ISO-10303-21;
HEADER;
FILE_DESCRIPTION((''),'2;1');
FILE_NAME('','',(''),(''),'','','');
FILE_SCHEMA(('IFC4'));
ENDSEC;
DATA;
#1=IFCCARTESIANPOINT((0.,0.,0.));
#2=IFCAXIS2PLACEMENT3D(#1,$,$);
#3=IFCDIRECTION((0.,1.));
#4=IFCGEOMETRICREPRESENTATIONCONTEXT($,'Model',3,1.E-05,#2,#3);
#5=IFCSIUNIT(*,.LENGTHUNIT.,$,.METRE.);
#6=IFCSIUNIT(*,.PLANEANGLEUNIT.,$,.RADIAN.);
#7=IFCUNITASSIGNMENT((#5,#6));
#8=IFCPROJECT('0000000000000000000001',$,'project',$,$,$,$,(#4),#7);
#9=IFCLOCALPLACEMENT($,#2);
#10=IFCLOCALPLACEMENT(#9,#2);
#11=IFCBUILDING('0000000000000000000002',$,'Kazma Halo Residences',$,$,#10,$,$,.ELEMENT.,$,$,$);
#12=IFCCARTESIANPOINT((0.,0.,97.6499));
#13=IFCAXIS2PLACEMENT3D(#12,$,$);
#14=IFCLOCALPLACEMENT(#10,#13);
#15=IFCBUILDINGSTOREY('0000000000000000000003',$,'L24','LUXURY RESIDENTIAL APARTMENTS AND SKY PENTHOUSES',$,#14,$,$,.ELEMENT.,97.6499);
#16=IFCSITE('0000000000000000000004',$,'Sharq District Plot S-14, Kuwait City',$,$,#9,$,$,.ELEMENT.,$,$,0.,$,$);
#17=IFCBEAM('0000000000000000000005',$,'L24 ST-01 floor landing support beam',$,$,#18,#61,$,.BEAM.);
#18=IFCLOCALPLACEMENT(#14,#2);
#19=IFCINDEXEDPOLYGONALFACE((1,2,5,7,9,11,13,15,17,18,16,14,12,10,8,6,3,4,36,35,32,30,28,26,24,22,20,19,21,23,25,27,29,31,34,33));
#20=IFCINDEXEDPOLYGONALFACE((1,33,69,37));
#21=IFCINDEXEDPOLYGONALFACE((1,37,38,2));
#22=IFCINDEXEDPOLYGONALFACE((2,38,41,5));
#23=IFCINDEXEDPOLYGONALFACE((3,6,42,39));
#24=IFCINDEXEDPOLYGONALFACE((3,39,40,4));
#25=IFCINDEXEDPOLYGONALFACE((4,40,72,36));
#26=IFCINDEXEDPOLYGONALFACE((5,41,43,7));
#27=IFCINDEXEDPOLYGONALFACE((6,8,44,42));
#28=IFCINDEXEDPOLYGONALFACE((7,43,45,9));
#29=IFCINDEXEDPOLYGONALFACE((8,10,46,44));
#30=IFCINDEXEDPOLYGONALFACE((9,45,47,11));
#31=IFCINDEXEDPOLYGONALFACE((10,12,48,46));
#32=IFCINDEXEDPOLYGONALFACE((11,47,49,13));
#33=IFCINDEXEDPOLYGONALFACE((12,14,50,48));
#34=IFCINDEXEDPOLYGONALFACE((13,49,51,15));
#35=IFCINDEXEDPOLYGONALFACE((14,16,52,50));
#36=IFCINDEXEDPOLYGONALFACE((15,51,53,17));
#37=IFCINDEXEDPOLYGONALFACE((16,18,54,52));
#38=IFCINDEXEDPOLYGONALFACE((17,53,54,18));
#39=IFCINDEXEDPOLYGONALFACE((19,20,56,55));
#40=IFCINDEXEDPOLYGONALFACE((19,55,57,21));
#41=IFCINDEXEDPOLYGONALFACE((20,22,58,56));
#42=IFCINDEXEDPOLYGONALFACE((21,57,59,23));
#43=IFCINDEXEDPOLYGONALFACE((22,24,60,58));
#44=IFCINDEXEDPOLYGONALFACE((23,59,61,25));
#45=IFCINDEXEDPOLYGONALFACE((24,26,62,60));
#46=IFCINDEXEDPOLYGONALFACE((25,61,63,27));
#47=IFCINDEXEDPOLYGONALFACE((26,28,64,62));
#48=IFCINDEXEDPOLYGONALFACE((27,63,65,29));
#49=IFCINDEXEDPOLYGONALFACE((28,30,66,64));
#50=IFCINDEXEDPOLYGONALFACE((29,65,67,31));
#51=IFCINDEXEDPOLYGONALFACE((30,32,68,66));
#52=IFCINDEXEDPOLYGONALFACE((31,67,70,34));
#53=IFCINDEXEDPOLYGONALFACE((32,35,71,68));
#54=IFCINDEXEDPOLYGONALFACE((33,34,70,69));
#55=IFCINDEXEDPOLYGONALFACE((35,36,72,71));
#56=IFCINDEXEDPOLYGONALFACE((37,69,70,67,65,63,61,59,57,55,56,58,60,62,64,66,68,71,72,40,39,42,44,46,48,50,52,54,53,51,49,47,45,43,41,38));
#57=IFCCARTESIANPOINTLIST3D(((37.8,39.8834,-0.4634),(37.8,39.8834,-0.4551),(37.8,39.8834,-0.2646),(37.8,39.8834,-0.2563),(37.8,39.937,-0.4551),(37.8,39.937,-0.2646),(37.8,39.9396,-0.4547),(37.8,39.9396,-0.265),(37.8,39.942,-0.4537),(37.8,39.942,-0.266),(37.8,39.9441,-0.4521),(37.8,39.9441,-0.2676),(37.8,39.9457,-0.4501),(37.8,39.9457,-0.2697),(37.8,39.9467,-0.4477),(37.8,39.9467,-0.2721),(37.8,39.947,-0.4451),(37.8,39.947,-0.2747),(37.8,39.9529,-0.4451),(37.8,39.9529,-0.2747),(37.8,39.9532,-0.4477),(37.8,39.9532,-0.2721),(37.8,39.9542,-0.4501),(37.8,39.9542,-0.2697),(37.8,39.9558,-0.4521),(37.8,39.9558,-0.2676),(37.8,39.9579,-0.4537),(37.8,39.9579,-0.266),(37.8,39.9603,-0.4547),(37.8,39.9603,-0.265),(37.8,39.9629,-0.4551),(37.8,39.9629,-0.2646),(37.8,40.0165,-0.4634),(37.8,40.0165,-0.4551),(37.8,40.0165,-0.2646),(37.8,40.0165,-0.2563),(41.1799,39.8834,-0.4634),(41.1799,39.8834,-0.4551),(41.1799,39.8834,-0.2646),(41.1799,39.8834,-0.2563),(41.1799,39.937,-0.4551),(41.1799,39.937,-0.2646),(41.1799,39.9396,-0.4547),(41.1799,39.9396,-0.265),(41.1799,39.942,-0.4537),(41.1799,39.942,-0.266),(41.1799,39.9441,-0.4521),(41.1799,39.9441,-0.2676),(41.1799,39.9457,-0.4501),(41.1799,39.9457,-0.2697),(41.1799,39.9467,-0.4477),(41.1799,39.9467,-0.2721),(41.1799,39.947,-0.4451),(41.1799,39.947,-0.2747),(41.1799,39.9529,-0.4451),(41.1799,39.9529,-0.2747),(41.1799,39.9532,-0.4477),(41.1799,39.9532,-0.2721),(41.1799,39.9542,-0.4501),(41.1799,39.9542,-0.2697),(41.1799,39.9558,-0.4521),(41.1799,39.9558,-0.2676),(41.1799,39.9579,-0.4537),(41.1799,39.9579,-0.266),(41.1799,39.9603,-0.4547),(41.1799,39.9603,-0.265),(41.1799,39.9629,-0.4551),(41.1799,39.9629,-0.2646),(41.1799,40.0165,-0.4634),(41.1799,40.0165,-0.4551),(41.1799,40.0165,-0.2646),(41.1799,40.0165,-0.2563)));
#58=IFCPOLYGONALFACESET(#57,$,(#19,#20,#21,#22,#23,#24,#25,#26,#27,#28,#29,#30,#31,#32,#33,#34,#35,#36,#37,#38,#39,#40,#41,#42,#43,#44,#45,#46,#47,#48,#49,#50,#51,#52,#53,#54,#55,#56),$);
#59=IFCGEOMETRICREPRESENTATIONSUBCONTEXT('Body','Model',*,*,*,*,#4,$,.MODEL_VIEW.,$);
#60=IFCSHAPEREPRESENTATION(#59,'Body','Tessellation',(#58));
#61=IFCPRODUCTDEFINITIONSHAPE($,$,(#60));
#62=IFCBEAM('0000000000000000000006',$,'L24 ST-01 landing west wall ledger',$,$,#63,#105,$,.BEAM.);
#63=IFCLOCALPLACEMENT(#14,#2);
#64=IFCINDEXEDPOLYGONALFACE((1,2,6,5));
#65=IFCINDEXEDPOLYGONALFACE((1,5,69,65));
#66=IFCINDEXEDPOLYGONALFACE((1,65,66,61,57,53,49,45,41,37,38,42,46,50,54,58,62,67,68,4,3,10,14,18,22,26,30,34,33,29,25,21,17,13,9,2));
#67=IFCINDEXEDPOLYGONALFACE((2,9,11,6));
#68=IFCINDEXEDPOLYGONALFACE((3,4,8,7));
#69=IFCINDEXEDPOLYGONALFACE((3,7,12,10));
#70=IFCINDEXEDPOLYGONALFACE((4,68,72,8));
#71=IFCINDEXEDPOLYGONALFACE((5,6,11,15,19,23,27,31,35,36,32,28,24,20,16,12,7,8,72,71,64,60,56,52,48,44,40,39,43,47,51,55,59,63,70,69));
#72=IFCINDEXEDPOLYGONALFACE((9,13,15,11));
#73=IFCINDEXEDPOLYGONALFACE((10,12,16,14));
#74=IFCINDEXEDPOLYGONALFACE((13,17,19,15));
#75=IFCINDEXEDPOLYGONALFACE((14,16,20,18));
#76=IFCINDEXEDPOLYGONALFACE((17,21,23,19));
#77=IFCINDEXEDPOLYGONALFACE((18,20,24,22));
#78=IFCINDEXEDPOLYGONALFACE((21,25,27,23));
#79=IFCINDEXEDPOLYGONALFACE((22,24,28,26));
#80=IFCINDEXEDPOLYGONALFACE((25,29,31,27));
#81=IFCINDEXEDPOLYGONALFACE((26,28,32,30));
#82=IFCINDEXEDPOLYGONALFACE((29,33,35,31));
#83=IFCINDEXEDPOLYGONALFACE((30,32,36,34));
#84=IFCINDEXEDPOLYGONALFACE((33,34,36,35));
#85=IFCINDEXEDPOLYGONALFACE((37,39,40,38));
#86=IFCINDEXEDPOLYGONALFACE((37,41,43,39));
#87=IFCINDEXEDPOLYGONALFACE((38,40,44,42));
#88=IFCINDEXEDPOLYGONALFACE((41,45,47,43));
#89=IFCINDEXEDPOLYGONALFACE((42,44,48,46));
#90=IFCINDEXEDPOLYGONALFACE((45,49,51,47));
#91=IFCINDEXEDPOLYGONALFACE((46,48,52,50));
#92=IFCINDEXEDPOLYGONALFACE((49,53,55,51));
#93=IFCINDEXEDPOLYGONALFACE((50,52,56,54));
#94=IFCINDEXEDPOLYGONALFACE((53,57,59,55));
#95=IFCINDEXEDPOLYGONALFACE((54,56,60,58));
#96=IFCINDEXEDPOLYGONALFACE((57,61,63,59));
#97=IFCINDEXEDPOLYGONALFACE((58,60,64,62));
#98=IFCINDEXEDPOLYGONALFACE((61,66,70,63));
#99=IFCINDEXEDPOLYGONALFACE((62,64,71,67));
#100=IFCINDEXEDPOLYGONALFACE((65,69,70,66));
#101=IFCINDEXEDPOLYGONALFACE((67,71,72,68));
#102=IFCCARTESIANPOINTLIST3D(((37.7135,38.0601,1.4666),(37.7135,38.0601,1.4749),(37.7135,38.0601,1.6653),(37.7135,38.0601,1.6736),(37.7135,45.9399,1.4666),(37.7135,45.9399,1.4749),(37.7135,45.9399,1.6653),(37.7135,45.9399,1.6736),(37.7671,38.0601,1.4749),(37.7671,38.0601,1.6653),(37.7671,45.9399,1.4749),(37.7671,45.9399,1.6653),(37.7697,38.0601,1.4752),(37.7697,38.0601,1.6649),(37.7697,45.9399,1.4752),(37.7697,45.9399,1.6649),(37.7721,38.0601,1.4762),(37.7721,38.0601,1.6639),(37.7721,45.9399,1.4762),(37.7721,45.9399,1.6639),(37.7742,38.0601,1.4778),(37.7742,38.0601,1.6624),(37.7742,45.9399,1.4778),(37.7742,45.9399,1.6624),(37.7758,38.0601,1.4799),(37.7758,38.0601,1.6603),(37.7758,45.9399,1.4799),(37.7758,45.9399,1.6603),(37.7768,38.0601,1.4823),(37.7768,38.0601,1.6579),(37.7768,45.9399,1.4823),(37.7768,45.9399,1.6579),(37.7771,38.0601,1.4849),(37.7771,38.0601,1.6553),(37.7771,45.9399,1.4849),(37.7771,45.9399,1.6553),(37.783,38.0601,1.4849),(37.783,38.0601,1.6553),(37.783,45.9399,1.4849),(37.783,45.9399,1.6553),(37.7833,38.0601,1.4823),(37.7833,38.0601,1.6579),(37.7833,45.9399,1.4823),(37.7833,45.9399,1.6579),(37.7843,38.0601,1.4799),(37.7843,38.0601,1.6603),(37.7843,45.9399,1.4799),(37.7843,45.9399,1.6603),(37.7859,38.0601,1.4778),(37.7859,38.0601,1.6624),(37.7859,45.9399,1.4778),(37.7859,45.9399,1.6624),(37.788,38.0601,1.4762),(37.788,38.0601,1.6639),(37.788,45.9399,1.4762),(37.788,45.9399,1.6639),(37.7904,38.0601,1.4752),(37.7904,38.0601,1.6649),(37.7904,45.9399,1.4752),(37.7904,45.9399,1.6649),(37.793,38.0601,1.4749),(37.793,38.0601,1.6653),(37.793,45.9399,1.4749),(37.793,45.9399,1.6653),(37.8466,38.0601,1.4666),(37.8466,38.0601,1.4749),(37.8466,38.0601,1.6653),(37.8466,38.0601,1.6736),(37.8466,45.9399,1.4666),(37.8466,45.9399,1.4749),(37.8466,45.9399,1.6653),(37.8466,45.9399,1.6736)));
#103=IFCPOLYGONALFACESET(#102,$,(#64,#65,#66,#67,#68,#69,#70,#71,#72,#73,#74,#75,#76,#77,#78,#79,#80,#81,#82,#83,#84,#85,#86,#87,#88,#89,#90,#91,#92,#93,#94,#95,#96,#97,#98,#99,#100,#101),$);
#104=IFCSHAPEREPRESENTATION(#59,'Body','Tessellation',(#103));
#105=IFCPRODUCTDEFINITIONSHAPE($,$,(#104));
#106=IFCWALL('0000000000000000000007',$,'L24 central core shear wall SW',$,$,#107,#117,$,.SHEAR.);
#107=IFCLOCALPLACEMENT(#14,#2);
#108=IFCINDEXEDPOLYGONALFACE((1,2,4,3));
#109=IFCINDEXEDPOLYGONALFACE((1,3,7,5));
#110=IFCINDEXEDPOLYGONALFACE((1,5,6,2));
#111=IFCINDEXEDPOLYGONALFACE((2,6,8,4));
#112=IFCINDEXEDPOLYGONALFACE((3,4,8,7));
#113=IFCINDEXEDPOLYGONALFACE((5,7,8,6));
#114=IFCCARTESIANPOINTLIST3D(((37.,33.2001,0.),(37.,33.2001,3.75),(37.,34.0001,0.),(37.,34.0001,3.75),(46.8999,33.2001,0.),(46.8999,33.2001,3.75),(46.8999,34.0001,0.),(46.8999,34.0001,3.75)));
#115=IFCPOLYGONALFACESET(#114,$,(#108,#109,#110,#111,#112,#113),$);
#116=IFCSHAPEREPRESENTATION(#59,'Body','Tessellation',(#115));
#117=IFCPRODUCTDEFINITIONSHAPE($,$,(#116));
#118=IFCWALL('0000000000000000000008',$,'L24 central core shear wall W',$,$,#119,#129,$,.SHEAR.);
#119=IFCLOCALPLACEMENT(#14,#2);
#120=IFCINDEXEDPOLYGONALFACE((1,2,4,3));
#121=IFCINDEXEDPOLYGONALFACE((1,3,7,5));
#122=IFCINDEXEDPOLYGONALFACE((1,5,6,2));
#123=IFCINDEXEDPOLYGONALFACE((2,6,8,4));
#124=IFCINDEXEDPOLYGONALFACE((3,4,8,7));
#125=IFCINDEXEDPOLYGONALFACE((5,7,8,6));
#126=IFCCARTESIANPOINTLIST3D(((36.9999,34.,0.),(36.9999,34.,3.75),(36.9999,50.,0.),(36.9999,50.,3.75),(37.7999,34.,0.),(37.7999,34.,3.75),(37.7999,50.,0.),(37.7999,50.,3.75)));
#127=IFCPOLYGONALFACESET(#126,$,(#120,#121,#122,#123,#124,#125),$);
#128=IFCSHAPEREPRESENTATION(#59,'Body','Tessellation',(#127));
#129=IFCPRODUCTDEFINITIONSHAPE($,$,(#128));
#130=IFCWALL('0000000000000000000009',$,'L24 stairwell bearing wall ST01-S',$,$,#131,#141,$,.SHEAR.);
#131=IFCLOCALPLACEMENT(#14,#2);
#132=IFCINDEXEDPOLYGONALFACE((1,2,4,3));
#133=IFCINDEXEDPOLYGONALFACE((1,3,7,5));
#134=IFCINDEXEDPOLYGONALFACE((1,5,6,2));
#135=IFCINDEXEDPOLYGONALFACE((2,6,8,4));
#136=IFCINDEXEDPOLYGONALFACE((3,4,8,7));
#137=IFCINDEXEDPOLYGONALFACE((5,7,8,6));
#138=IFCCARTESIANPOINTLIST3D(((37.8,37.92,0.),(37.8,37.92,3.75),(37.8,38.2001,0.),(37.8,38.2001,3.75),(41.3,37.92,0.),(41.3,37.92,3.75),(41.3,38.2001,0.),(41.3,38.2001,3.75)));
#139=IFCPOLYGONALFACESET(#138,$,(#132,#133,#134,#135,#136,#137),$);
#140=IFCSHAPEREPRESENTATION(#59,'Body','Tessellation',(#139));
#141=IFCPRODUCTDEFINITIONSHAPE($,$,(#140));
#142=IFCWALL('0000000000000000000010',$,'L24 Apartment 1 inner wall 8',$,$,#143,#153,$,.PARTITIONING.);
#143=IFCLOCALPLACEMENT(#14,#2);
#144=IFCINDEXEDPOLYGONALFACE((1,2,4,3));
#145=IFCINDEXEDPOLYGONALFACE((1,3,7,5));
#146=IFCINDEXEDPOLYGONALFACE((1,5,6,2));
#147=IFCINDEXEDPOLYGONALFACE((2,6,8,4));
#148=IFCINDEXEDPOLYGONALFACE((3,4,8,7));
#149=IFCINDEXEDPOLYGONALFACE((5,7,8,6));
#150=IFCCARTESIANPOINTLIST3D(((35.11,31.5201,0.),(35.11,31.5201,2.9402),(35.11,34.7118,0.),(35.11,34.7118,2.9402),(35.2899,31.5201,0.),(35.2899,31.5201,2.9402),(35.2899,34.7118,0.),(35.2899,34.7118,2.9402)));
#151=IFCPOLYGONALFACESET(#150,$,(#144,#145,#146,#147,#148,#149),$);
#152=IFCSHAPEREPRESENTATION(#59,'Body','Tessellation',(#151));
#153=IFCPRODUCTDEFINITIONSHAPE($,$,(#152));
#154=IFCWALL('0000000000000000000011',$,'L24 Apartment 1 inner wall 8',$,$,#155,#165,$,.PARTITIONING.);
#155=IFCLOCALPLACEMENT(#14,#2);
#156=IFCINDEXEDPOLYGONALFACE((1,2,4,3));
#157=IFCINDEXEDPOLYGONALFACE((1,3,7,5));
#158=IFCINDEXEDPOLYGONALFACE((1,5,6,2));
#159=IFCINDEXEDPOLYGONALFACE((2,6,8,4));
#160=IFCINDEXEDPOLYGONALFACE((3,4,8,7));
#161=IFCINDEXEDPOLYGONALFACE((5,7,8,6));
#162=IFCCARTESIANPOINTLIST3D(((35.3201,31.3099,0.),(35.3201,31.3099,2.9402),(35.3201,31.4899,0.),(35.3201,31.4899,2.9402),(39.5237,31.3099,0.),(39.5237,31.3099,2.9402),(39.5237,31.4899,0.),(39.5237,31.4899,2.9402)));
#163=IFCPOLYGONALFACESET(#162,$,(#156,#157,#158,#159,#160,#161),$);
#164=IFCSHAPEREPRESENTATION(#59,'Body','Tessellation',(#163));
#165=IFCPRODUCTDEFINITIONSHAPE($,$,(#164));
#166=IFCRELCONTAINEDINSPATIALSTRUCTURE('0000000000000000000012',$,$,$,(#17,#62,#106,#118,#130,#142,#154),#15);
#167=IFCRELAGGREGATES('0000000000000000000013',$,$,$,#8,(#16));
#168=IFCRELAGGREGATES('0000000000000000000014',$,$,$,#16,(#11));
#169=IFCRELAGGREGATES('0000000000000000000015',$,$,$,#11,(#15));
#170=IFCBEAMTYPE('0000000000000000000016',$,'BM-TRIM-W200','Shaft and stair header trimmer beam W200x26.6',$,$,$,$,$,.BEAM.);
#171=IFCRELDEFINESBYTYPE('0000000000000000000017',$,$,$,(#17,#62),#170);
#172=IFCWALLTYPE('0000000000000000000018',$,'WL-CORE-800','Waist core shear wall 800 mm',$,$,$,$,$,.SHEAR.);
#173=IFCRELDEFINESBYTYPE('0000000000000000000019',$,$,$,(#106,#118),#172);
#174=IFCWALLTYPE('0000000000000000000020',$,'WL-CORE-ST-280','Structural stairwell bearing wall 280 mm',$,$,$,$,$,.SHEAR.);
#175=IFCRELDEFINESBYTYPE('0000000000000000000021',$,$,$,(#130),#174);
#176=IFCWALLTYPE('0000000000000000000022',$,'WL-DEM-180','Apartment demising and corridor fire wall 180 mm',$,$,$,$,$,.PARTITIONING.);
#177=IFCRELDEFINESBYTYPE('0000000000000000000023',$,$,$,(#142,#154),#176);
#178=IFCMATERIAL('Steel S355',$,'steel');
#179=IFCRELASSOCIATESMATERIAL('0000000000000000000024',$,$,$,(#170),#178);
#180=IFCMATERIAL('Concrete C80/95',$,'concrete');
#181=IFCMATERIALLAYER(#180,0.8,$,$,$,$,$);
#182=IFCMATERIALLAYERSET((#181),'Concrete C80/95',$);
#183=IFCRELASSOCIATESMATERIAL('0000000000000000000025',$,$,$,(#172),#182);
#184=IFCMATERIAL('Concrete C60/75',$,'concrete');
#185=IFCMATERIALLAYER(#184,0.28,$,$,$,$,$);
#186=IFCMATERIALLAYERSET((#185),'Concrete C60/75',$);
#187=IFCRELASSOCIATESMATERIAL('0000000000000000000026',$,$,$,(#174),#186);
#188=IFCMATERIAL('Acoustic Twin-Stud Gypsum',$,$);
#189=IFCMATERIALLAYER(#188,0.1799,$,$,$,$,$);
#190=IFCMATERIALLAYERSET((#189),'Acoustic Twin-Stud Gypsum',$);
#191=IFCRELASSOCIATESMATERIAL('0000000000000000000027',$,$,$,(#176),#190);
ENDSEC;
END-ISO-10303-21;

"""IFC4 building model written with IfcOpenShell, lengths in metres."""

from ifc_helpers import new_model, si_unit, direction, frame, frame_2d, origin, origin_2d, place, context, subcontext, project, spatial, rectangle, i_section, extrude, material, layer, layer_set, material_profile, profile_set, type_object, element, save


model = new_model("IFC4")

# Units and contexts
model_context = context("Model", 3, precision=1e-05, world=origin(), true_north=direction((0.0, 1.0)))
body_context = subcontext(model_context, "Body", "Model", "MODEL_VIEW")
ifc_project = project(units=[si_unit("LENGTHUNIT", "METRE"), si_unit("PLANEANGLEUNIT", "RADIAN")], contexts=[model_context])

# Site, building, storey
site_placement = place(None, origin())
site = spatial("IfcSite", under=ifc_project, at=site_placement, Name="Sharq District Plot S-14, Kuwait City", CompositionType="ELEMENT", RefElevation=0.0)
building_placement = place(site_placement, origin())
building = spatial("IfcBuilding", under=site, at=building_placement, Name="Kazma Halo Residences", CompositionType="ELEMENT")
storey_placement = place(building_placement, frame((0.0, 0.0, 97.6499)))
storey = spatial("IfcBuildingStorey", under=building, at=storey_placement, Name="L24", Description="LUXURY RESIDENTIAL APARTMENTS AND SKY PENTHOUSES", CompositionType="ELEMENT", Elevation=97.6499)

# Beams
ifc_material_1 = material(Name="Steel S355", Category="steel")
ifc_material_profile_1 = material_profile(ifc_material_1, i_section(OverallWidth=0.1331, OverallDepth=0.207, WebThickness=0.0059, FlangeThickness=0.0083, FilletRadius=0.01, at=origin_2d()), Name="W200x26.6")
ifc_profile_set_1 = profile_set([ifc_material_profile_1], Name="Steel S355")
beam_type_1 = type_object("IfcBeamType", Name="BM-TRIM-W200", Description="Shaft and stair header trimmer beam W200x26.6", PredefinedType="BEAM", material=ifc_profile_set_1)
beam_1_placement = place(storey_placement, frame((37.8, 39.95, -0.3599), z_axis=(1.0, 0.0, 0.0), x_axis=(0.0, 1.0, 0.0)))
element("IfcBeam", 1, at=beam_1_placement, inside=storey, type_object=beam_type_1, Name="L24 ST-01 floor landing support beam", PredefinedType="BEAM", context=body_context, shape_type="SweptSolid", body=[
    extrude(i_section(OverallWidth=0.1331, OverallDepth=0.207, WebThickness=0.0059, FlangeThickness=0.0083, FilletRadius=0.01, at=origin_2d()), origin(), (0.0, 0.0, 1.0), 3.3799),
])
beam_2_placement = place(storey_placement, frame((37.78, 38.0601, 1.5701), z_axis=(0.0, 1.0, 0.0), x_axis=(-1.0, 0.0, 0.0)))
element("IfcBeam", 2, at=beam_2_placement, inside=storey, type_object=beam_type_1, Name="L24 ST-01 landing west wall ledger", PredefinedType="BEAM", context=body_context, shape_type="SweptSolid", body=[
    extrude(i_section(OverallWidth=0.1331, OverallDepth=0.207, WebThickness=0.0059, FlangeThickness=0.0083, FilletRadius=0.01, at=origin_2d()), origin(), (0.0, 0.0, 1.0), 7.8799),
])

# Walls
ifc_material_2 = material(Name="Concrete C80/95", Category="concrete")
ifc_layer_1 = layer(ifc_material_2, 0.8)
ifc_layer_set_1 = layer_set([ifc_layer_1], Name="Concrete C80/95")
wall_type_1 = type_object("IfcWallType", Name="WL-CORE-800", Description="Waist core shear wall 800 mm", PredefinedType="SHEAR", material=ifc_layer_set_1)
wall_1_placement = place(storey_placement, frame((37.0, 33.6001, 0.0), z_axis=(0.0, 0.0, 1.0), x_axis=(1.0, 0.0, 0.0)))
element("IfcWall", 3, at=wall_1_placement, inside=storey, type_object=wall_type_1, Name="L24 central core shear wall SW", PredefinedType="SHEAR", context=body_context, shape_type="SweptSolid", body=[
    extrude(rectangle(XDim=9.8999, YDim=0.8, at=frame_2d((4.95, 0.0))), origin(), (0.0, 0.0, 1.0), 3.75),
])
wall_2_placement = place(storey_placement, frame((37.3999, 34.0, 0.0), z_axis=(0.0, 0.0, 1.0), x_axis=(0.0, 1.0, 0.0)))
element("IfcWall", 4, at=wall_2_placement, inside=storey, type_object=wall_type_1, Name="L24 central core shear wall W", PredefinedType="SHEAR", context=body_context, shape_type="SweptSolid", body=[
    extrude(rectangle(XDim=16.0, YDim=0.8, at=frame_2d((8.0, 0.0))), origin(), (0.0, 0.0, 1.0), 3.75),
])
ifc_material_3 = material(Name="Concrete C60/75", Category="concrete")
ifc_layer_2 = layer(ifc_material_3, 0.28)
ifc_layer_set_2 = layer_set([ifc_layer_2], Name="Concrete C60/75")
wall_type_2 = type_object("IfcWallType", Name="WL-CORE-ST-280", Description="Structural stairwell bearing wall 280 mm", PredefinedType="SHEAR", material=ifc_layer_set_2)
wall_3_placement = place(storey_placement, frame((37.8, 38.0601, 0.0), z_axis=(0.0, 0.0, 1.0), x_axis=(1.0, 0.0, 0.0)))
element("IfcWall", 5, at=wall_3_placement, inside=storey, type_object=wall_type_2, Name="L24 stairwell bearing wall ST01-S", PredefinedType="SHEAR", context=body_context, shape_type="SweptSolid", body=[
    extrude(rectangle(XDim=3.5, YDim=0.28, at=frame_2d((1.75, 0.0))), origin(), (0.0, 0.0, 1.0), 3.75),
])
ifc_material_4 = material(Name="Acoustic Twin-Stud Gypsum")
ifc_layer_3 = layer(ifc_material_4, 0.1799)
ifc_layer_set_3 = layer_set([ifc_layer_3], Name="Acoustic Twin-Stud Gypsum")
wall_type_3 = type_object("IfcWallType", Name="WL-DEM-180", Description="Apartment demising and corridor fire wall 180 mm", PredefinedType="PARTITIONING", material=ifc_layer_set_3)
wall_4_placement = place(storey_placement, frame((35.2, 34.7117, 0.0), z_axis=(0.0, 0.0, 1.0), x_axis=(0.0, -1.0, 0.0)))
element("IfcWall", 6, at=wall_4_placement, inside=storey, type_object=wall_type_3, Name="L24 Apartment 1 inner wall 8", PredefinedType="PARTITIONING", context=body_context, shape_type="SweptSolid", body=[
    extrude(rectangle(XDim=3.1917, YDim=0.1799, at=frame_2d((1.5957, 0.0))), origin(), (0.0, 0.0, 1.0), 2.9402),
])
wall_5_placement = place(storey_placement, frame((35.3201, 31.3999, 0.0), z_axis=(0.0, 0.0, 1.0), x_axis=(1.0, 0.0, 0.0)))
element("IfcWall", 7, at=wall_5_placement, inside=storey, type_object=wall_type_3, Name="L24 Apartment 1 inner wall 8", PredefinedType="PARTITIONING", context=body_context, shape_type="SweptSolid", body=[
    extrude(rectangle(XDim=4.2036, YDim=0.1799, at=frame_2d((2.1018, 0.0))), origin(), (0.0, 0.0, 1.0), 2.9402),
])

save(model, "model.ifc")
